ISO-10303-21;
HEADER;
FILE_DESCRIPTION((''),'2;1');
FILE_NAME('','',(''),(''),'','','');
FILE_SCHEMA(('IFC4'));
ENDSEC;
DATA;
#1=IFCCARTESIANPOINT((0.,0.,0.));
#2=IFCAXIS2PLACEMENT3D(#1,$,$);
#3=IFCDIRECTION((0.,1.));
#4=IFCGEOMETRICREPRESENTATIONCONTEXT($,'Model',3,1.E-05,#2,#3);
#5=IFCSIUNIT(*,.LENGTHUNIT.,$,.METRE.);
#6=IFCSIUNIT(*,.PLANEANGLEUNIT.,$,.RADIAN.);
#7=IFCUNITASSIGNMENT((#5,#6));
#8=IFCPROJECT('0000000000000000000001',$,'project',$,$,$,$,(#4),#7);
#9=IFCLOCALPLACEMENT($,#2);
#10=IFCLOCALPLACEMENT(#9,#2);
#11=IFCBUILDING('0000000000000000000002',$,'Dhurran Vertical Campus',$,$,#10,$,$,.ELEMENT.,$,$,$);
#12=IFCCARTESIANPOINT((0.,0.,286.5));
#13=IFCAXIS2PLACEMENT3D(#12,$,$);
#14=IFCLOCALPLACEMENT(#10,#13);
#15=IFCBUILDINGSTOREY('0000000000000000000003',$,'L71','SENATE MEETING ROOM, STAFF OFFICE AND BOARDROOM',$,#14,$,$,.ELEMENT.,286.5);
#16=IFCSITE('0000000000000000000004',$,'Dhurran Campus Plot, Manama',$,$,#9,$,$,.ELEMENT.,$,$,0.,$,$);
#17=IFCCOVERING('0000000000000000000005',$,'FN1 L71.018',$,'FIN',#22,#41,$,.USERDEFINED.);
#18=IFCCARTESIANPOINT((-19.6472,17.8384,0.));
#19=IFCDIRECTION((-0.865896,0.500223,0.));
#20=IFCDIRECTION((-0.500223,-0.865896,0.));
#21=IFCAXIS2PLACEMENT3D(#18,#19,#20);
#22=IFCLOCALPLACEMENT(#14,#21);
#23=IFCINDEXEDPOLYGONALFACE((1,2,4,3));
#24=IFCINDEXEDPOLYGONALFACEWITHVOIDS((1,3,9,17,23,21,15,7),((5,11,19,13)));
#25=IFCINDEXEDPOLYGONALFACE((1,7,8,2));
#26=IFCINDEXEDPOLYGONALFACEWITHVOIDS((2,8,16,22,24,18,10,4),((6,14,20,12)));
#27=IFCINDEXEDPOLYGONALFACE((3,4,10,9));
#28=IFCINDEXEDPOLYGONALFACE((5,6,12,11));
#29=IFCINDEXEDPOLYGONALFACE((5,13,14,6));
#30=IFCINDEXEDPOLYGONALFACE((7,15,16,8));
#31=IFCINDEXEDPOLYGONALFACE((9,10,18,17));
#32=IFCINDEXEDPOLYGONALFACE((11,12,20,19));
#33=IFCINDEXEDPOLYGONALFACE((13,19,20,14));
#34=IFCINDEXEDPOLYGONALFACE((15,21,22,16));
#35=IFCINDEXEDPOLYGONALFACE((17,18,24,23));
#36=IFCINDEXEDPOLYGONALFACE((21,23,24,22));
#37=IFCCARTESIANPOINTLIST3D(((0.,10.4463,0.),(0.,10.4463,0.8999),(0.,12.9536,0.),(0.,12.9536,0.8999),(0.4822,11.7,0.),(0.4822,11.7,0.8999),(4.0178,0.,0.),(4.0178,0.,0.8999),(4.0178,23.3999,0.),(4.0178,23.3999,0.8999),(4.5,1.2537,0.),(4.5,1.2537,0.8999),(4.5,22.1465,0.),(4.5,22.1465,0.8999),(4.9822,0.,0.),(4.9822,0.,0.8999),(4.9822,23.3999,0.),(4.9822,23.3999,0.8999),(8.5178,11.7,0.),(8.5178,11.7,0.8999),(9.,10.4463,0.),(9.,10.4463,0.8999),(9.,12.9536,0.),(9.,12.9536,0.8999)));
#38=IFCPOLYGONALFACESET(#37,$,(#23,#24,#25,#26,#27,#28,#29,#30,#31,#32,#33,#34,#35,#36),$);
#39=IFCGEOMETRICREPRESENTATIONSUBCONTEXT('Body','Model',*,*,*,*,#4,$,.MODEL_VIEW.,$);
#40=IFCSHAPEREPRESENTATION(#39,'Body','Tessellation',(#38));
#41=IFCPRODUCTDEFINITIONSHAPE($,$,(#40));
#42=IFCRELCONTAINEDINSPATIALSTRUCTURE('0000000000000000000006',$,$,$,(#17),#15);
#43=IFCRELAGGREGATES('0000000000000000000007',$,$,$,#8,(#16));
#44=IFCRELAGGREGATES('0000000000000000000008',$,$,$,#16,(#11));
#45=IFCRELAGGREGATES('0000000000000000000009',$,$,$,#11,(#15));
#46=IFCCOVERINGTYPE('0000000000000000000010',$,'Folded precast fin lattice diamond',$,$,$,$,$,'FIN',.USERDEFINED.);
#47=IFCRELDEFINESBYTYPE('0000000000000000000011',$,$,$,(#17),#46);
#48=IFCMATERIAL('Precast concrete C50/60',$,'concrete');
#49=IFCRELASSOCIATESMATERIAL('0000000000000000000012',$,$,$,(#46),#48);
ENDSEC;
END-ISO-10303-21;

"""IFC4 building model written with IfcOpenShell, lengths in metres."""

from ifc_helpers import new_model, si_unit, direction, frame, origin, place, context, subcontext, project, spatial, polyline, outline, extrude, material, type_object, element, save


model = new_model("IFC4")

# Units and contexts
model_context = context("Model", 3, precision=1e-05, world=origin(), true_north=direction((0.0, 1.0)))
body_context = subcontext(model_context, "Body", "Model", "MODEL_VIEW")
ifc_project = project(units=[si_unit("LENGTHUNIT", "METRE"), si_unit("PLANEANGLEUNIT", "RADIAN")], contexts=[model_context])

# Site, building, storey
site_placement = place(None, origin())
site = spatial("IfcSite", under=ifc_project, at=site_placement, Name="Dhurran Campus Plot, Manama", CompositionType="ELEMENT", RefElevation=0.0)
building_placement = place(site_placement, origin())
building = spatial("IfcBuilding", under=site, at=building_placement, Name="Dhurran Vertical Campus", CompositionType="ELEMENT")
storey_placement = place(building_placement, frame((0.0, 0.0, 286.5)))
storey = spatial("IfcBuildingStorey", under=building, at=storey_placement, Name="L71", Description="SENATE MEETING ROOM, STAFF OFFICE AND BOARDROOM", CompositionType="ELEMENT", Elevation=286.5)

# Covering
ifc_material_1 = material(Name="Precast concrete C50/60", Category="concrete")
covering_type = type_object("IfcCoveringType", Name="Folded precast fin lattice diamond", ElementType="FIN", PredefinedType="USERDEFINED", material=ifc_material_1)
covering_1_placement = place(storey_placement, frame((-19.6472, 17.8384, 0.0), z_axis=(-0.865896, 0.500223, 0.0), x_axis=(-0.500223, -0.865896, 0.0)))
element("IfcCovering", 1, at=covering_1_placement, inside=storey, type_object=covering_type, Name="FN1 L71.018", ObjectType="FIN", PredefinedType="USERDEFINED", context=body_context, shape_type="SweptSolid", body=[
    extrude(outline(polyline([(9.0, 12.9536), (9.0, 10.4463), (4.9822, 0.0), (4.0178, 0.0), (0.0, 10.4463), (0.0, 12.9536), (4.0178, 23.3999), (4.9822, 23.3999), (9.0, 12.9536)]), holes=[polyline([(8.5178, 11.7), (4.5, 22.1465), (0.4822, 11.7), (4.5, 1.2537), (8.5178, 11.7)])]), origin(), (0.0, 0.0, 1.0), 0.8999),
])

save(model, "model.ifc")
